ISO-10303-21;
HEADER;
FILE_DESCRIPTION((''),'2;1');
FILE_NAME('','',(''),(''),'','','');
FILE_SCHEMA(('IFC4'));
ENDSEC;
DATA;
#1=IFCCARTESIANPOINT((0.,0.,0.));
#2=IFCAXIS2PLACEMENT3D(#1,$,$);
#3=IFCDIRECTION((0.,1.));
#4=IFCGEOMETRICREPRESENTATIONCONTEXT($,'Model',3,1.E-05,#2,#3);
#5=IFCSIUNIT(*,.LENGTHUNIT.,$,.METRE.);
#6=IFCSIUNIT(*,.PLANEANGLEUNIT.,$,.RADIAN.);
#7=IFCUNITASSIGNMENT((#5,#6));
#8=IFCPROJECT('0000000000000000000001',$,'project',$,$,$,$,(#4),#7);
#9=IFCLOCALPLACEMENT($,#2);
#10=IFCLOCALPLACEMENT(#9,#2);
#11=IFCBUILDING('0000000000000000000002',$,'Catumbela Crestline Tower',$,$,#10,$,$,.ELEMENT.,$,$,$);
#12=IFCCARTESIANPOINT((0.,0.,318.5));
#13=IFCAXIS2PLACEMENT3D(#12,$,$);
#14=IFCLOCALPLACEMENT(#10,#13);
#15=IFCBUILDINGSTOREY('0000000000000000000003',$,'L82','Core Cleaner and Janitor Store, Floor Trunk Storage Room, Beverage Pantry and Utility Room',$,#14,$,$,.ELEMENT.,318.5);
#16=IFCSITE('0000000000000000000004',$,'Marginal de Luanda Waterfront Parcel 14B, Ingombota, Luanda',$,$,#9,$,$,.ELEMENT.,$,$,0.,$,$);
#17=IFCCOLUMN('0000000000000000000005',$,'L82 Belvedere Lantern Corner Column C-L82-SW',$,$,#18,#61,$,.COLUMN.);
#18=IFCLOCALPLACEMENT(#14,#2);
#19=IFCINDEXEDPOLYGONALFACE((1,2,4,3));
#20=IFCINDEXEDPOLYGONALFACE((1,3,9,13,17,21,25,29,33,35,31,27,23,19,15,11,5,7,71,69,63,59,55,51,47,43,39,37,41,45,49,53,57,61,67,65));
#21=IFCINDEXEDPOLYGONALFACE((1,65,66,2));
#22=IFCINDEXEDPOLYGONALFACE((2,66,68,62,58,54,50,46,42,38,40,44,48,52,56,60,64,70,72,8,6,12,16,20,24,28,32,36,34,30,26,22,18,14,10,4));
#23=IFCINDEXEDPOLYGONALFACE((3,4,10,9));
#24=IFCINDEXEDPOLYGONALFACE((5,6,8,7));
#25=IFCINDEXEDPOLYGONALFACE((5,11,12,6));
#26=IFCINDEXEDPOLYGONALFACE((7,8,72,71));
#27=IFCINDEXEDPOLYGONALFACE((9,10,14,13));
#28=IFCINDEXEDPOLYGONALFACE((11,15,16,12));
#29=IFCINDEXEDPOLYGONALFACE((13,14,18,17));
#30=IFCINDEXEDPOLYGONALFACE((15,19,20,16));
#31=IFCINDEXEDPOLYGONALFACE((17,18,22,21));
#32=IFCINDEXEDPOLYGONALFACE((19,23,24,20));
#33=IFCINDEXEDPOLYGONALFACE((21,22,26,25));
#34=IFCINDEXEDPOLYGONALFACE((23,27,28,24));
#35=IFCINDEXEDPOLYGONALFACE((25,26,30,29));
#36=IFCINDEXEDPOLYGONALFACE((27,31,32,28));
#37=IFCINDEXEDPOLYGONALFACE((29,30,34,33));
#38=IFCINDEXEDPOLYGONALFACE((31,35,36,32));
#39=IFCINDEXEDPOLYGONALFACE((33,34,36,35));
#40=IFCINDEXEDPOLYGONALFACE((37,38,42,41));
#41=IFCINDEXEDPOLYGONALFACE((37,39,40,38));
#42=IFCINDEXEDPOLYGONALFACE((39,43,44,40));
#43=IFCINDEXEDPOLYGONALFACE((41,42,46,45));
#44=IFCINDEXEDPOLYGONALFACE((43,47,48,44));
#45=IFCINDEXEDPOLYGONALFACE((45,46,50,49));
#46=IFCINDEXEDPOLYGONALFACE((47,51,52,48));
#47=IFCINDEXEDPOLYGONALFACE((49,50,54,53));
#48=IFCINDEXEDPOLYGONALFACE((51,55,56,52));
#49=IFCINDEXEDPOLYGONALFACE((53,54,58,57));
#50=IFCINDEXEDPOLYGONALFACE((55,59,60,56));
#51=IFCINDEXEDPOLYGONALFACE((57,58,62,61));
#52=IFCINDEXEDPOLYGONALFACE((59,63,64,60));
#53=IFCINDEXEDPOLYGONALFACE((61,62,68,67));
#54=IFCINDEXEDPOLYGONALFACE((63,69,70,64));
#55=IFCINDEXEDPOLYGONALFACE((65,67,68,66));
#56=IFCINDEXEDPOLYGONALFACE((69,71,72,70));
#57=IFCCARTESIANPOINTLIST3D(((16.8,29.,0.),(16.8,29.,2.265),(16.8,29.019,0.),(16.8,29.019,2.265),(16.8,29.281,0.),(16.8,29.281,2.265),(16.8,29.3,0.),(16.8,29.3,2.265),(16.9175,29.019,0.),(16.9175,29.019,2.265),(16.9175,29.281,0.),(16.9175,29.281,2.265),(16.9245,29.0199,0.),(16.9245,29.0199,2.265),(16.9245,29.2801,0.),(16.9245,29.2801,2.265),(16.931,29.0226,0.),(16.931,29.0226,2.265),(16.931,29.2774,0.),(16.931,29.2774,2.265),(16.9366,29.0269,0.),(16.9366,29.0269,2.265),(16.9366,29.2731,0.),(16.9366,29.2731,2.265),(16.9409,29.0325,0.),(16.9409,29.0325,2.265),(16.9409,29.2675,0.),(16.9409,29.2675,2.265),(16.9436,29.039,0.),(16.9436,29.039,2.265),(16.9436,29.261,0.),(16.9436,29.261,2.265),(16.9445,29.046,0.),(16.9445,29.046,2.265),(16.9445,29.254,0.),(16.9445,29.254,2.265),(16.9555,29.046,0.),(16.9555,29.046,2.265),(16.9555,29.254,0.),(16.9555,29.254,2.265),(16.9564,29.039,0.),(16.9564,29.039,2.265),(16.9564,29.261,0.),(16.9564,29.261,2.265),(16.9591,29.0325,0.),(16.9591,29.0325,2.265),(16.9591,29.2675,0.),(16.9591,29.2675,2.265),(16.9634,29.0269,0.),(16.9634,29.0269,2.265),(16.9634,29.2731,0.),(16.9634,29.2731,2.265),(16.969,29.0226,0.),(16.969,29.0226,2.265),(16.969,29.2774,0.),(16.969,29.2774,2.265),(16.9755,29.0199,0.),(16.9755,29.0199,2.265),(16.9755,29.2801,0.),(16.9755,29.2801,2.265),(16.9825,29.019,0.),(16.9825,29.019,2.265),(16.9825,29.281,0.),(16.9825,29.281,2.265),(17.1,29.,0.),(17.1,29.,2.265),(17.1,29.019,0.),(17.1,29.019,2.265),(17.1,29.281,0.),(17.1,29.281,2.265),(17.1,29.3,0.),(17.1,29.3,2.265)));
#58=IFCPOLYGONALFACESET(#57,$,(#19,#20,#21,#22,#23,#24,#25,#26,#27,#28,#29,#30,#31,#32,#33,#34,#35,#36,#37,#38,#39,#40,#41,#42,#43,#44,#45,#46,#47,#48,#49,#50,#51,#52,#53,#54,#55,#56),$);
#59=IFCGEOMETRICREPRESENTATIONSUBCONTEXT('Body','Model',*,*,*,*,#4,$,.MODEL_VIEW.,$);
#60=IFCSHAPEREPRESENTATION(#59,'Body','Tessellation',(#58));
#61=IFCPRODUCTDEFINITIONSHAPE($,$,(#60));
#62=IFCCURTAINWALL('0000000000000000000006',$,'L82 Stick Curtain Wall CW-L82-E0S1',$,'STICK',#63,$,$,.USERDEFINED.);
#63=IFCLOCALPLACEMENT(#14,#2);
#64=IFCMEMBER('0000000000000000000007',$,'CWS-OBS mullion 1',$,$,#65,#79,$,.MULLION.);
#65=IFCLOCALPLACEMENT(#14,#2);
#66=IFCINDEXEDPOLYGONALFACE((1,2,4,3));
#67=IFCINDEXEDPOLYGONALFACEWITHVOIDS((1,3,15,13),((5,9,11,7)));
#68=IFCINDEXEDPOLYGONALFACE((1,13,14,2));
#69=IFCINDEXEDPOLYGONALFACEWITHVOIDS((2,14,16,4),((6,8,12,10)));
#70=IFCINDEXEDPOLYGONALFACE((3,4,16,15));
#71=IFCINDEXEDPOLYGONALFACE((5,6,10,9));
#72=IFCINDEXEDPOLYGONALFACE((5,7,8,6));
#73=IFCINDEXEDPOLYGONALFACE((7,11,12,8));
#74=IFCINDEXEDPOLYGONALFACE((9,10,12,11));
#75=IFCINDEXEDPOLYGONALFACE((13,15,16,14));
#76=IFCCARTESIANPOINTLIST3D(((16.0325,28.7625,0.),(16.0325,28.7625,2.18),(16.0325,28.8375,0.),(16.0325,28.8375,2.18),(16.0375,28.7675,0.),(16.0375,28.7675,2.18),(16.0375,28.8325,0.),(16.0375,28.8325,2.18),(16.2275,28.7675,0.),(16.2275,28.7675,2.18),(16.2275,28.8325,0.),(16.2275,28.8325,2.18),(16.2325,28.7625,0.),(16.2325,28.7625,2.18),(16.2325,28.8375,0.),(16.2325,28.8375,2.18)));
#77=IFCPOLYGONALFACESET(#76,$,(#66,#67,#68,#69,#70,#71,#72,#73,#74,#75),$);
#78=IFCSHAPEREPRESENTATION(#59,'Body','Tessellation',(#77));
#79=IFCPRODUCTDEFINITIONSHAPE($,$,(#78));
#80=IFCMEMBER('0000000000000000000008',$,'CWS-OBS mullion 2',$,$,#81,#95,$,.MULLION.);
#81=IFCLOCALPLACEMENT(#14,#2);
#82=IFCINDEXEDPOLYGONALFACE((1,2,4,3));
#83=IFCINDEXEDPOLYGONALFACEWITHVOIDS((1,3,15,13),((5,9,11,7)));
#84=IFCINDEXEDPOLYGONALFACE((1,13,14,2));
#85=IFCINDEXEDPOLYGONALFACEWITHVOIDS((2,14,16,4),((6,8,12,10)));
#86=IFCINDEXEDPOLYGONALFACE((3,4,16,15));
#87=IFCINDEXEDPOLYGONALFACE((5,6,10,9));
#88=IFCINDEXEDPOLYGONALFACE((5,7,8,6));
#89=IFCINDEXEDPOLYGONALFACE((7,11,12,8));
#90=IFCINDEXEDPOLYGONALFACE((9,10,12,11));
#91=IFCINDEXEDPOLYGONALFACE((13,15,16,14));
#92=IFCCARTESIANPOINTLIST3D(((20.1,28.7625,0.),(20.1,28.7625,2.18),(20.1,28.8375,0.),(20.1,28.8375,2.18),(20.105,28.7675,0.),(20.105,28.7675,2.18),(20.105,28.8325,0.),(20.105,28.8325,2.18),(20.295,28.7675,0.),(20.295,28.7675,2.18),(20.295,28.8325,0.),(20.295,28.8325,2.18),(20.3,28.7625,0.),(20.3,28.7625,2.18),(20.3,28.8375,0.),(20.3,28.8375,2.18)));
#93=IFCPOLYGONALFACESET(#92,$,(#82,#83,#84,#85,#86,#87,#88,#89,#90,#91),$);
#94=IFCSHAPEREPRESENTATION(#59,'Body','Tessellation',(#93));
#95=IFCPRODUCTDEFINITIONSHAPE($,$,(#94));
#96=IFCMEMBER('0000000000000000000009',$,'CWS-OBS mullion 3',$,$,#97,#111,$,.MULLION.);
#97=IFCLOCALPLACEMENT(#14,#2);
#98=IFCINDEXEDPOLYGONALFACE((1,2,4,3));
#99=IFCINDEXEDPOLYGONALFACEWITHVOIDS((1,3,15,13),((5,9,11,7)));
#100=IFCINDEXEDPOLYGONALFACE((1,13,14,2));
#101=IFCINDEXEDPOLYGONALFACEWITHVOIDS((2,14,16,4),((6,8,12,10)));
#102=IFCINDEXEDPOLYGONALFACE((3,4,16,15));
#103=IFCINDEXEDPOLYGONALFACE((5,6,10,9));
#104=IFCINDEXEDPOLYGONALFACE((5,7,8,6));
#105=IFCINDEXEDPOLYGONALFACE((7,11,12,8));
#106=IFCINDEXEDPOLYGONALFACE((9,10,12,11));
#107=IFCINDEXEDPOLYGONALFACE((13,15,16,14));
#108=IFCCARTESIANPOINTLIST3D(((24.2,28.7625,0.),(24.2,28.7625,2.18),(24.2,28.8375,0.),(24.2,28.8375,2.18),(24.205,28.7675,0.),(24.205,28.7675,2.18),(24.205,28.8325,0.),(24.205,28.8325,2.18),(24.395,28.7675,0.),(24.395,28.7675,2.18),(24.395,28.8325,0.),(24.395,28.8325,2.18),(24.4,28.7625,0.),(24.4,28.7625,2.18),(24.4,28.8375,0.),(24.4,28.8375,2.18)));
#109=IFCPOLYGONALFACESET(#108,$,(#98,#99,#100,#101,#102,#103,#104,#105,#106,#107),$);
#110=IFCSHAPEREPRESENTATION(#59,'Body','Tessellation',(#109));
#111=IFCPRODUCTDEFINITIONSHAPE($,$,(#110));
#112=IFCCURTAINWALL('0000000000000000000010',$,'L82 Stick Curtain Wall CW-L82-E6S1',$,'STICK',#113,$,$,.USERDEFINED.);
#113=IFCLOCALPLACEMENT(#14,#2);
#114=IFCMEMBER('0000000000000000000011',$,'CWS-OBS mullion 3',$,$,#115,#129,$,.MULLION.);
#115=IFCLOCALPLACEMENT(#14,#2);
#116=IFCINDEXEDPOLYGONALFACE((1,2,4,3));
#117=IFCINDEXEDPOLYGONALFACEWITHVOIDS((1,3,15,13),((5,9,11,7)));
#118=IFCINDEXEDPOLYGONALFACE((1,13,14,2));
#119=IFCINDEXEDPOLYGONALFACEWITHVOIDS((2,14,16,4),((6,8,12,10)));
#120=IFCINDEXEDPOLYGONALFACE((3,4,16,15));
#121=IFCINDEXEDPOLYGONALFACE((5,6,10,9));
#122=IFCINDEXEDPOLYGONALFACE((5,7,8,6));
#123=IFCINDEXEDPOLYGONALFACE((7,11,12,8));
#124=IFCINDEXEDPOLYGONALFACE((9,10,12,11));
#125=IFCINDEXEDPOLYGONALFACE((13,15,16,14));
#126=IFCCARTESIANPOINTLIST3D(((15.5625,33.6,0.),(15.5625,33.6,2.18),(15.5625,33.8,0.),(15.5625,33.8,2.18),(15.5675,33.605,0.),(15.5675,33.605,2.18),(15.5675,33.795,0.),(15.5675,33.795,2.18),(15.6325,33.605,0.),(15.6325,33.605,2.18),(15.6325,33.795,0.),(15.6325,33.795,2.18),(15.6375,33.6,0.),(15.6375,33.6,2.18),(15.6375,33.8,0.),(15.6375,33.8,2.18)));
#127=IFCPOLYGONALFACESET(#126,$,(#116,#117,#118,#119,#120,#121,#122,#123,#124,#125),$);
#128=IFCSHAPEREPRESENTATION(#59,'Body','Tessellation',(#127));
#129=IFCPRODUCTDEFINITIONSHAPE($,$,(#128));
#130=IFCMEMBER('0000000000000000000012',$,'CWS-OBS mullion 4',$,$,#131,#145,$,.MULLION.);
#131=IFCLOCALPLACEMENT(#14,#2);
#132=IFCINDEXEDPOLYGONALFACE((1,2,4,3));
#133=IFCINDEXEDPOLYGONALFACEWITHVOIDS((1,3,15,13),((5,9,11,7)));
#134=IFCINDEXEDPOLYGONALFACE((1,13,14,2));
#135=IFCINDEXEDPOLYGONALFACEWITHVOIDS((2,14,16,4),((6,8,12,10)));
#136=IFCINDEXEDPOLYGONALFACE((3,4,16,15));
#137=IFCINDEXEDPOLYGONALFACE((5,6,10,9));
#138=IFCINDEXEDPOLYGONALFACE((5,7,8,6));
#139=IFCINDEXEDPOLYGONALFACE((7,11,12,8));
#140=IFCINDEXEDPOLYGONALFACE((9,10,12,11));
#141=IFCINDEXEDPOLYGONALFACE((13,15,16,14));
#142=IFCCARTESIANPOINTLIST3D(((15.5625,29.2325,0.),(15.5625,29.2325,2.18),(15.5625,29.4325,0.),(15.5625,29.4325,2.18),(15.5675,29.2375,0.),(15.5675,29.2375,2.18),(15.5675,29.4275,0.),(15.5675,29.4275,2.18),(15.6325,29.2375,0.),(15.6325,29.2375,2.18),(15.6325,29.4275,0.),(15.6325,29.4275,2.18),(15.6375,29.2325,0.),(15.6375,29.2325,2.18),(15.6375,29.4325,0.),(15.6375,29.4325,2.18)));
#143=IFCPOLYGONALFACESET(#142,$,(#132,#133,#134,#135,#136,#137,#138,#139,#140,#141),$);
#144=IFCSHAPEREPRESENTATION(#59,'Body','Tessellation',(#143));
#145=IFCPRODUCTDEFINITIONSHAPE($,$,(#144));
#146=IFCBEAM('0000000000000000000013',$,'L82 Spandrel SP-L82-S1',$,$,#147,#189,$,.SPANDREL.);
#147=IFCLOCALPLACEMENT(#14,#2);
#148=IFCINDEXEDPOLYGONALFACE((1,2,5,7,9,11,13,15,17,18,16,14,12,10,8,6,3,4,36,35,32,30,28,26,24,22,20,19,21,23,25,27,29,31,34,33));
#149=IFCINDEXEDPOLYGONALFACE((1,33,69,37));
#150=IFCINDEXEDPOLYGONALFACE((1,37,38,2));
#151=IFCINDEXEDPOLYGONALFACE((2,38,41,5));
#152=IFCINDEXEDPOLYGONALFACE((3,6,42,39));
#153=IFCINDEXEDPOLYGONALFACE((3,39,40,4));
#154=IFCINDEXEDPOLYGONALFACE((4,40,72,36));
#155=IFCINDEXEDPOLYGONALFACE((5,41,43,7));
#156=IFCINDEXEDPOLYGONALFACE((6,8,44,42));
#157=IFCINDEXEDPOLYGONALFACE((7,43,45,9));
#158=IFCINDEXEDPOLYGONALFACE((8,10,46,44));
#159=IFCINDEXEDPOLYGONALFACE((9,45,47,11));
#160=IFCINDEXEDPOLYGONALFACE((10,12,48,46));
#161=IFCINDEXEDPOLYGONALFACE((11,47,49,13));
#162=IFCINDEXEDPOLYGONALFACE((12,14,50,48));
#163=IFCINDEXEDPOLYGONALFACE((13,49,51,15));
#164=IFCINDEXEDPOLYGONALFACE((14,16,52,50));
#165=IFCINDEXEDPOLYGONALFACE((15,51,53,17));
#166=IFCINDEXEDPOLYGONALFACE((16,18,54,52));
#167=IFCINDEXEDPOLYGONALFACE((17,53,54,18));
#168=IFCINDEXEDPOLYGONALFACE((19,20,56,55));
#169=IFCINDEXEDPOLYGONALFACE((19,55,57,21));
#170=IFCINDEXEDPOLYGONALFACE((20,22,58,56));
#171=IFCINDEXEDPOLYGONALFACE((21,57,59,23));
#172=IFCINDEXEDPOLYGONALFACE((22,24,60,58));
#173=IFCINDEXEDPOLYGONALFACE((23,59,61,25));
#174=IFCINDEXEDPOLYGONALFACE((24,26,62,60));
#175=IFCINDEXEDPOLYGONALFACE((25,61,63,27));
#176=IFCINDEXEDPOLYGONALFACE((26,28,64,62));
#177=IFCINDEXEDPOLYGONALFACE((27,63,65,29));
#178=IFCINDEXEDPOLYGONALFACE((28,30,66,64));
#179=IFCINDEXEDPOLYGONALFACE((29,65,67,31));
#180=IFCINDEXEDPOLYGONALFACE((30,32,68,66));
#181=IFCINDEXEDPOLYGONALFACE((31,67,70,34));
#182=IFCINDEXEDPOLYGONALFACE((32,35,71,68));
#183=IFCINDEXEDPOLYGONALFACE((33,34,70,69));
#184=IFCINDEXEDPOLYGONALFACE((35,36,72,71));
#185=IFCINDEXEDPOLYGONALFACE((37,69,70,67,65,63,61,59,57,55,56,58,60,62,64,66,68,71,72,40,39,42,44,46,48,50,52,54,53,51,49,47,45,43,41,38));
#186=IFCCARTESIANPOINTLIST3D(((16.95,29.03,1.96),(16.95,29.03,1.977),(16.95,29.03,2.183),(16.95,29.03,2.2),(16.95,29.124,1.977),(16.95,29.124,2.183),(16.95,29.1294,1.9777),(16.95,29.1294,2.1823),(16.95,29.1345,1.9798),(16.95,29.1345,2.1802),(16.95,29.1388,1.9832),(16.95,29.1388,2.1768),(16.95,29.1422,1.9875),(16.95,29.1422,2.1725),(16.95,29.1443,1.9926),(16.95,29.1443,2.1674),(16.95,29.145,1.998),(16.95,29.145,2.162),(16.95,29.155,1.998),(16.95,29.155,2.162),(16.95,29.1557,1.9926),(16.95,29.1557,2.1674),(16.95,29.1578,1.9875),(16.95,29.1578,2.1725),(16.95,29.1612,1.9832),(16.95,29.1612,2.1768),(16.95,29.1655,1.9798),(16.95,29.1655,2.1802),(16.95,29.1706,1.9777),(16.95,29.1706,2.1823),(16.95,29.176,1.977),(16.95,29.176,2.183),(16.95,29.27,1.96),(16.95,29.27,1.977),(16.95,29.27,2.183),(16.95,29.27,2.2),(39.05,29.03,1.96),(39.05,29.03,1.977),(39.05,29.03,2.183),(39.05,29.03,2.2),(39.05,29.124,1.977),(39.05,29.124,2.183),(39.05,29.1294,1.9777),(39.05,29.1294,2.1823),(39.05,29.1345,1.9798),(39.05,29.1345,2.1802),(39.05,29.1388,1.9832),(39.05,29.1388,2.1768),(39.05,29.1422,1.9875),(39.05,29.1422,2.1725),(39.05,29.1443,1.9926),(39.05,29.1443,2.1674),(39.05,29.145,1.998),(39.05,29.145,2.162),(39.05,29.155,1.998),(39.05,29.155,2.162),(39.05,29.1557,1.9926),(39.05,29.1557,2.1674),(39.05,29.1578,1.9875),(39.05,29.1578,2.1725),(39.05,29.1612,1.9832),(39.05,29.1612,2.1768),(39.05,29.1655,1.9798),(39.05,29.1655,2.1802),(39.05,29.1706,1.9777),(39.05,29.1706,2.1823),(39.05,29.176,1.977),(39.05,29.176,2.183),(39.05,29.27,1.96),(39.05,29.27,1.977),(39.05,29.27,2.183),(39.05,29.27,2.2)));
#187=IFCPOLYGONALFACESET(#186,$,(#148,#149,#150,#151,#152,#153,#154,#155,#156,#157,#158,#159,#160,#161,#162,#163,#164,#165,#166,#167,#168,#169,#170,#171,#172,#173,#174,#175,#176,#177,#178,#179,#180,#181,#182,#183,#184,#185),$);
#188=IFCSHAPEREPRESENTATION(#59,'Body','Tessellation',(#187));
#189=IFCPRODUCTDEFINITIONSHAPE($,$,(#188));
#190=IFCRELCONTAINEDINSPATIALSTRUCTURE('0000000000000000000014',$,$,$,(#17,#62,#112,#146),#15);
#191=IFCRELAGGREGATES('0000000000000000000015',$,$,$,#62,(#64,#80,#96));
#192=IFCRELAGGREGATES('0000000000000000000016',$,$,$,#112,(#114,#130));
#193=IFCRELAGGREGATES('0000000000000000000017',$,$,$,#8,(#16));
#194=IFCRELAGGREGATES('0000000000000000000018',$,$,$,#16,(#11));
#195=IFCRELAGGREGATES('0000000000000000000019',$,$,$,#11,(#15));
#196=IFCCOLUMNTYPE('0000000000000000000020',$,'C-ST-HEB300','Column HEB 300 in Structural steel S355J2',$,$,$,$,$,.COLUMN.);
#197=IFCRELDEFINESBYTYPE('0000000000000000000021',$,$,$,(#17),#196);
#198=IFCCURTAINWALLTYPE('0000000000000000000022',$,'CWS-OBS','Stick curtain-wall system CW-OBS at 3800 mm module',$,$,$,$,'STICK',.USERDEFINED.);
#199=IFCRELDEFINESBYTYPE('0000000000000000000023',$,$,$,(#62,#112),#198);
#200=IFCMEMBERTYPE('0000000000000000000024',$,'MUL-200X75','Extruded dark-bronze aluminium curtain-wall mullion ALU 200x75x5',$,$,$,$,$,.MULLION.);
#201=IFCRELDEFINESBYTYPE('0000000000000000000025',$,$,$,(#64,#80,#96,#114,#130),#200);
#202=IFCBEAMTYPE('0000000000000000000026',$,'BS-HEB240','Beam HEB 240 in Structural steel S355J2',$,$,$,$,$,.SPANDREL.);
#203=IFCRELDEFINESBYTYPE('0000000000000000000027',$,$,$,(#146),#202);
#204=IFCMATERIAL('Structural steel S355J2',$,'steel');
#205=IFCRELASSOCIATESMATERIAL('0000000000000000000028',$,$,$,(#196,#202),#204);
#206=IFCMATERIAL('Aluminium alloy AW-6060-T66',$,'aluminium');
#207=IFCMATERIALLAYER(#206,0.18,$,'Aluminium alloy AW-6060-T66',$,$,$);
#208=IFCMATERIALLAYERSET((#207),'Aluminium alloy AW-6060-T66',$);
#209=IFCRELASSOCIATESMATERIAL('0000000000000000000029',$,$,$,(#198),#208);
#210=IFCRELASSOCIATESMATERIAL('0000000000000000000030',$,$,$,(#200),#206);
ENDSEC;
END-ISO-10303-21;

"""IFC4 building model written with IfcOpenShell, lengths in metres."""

from ifc_helpers import new_model, si_unit, direction, frame, origin, origin_2d, place, context, subcontext, project, spatial, hollow_rectangle, i_section, extrude, material, layer, layer_set, material_profile, profile_set, type_object, element, aggregate, save


model = new_model("IFC4")

# Units and contexts
model_context = context("Model", 3, precision=1e-05, world=origin(), true_north=direction((0.0, 1.0)))
body_context = subcontext(model_context, "Body", "Model", "MODEL_VIEW")
ifc_project = project(units=[si_unit("LENGTHUNIT", "METRE"), si_unit("PLANEANGLEUNIT", "RADIAN")], contexts=[model_context])

# Site, building, storey
site_placement = place(None, origin())
site = spatial("IfcSite", under=ifc_project, at=site_placement, Name="Marginal de Luanda Waterfront Parcel 14B, Ingombota, Luanda", CompositionType="ELEMENT", RefElevation=0.0)
building_placement = place(site_placement, origin())
building = spatial("IfcBuilding", under=site, at=building_placement, Name="Catumbela Crestline Tower", CompositionType="ELEMENT")
storey_placement = place(building_placement, frame((0.0, 0.0, 318.5)))
storey = spatial("IfcBuildingStorey", under=building, at=storey_placement, Name="L82", Description="Core Cleaner and Janitor Store, Floor Trunk Storage Room, Beverage Pantry and Utility Room", CompositionType="ELEMENT", Elevation=318.5)

# Column
ifc_material_1 = material(Name="Structural steel S355J2", Category="steel")
ifc_material_profile_1 = material_profile(ifc_material_1, i_section(OverallWidth=0.3, OverallDepth=0.3, WebThickness=0.011, FlangeThickness=0.019, FilletRadius=0.027, at=origin_2d()), Name="HEB 300")
ifc_profile_set_1 = profile_set([ifc_material_profile_1], Name="Structural steel S355J2")
column_type = type_object("IfcColumnType", Name="C-ST-HEB300", Description="Column HEB 300 in Structural steel S355J2", PredefinedType="COLUMN", material=ifc_profile_set_1)
column_placement = place(storey_placement, frame((16.95, 29.15, 0.0), z_axis=(0.0, 0.0, 1.0), x_axis=(1.0, 0.0, 0.0)))
element("IfcColumn", 1, at=column_placement, inside=storey, type_object=column_type, Name="L82 Belvedere Lantern Corner Column C-L82-SW", PredefinedType="COLUMN", context=body_context, shape_type="SweptSolid", body=[
    extrude(i_section(OverallWidth=0.3, OverallDepth=0.3, WebThickness=0.011, FlangeThickness=0.019, FilletRadius=0.027, at=origin_2d()), origin(), (0.0, 0.0, 1.0), 2.265),
])

# Curtain walls, members
ifc_material_2 = material(Name="Aluminium alloy AW-6060-T66", Category="aluminium")
ifc_layer_1 = layer(ifc_material_2, 0.18, Name="Aluminium alloy AW-6060-T66")
ifc_layer_set_1 = layer_set([ifc_layer_1], Name="Aluminium alloy AW-6060-T66")
curtain_wall_type = type_object("IfcCurtainWallType", Name="CWS-OBS", Description="Stick curtain-wall system CW-OBS at 3800 mm module", ElementType="STICK", PredefinedType="USERDEFINED", material=ifc_layer_set_1)
curtain_wall_1_placement = place(storey_placement, origin())
curtain_wall_1 = element("IfcCurtainWall", 2, at=curtain_wall_1_placement, inside=storey, type_object=curtain_wall_type, Name="L82 Stick Curtain Wall CW-L82-E0S1", ObjectType="STICK", PredefinedType="USERDEFINED")
ifc_material_profile_2 = material_profile(ifc_material_2, hollow_rectangle(XDim=0.075, YDim=0.2, WallThickness=0.005, at=origin_2d()), Name="ALU 200x75x5")
ifc_profile_set_2 = profile_set([ifc_material_profile_2], Name="Aluminium alloy AW-6060-T66")
member_type_1 = type_object("IfcMemberType", Name="MUL-200X75", Description="Extruded dark-bronze aluminium curtain-wall mullion ALU 200x75x5", PredefinedType="MULLION", material=ifc_profile_set_2)
member_1_placement = place(storey_placement, frame((16.1325, 28.8, 0.0), z_axis=(0.0, 0.0, 1.0), x_axis=(0.0, 1.0, 0.0)))
member_1 = element("IfcMember", 3, at=member_1_placement, type_object=member_type_1, Name="CWS-OBS mullion 1", PredefinedType="MULLION", context=body_context, shape_type="SweptSolid", body=[
    extrude(hollow_rectangle(XDim=0.075, YDim=0.2, WallThickness=0.005, at=origin_2d()), origin(), (0.0, 0.0, 1.0), 2.18),
])
member_2_placement = place(storey_placement, frame((20.2, 28.8, 0.0), z_axis=(0.0, 0.0, 1.0), x_axis=(0.0, 1.0, 0.0)))
member_2 = element("IfcMember", 4, at=member_2_placement, type_object=member_type_1, Name="CWS-OBS mullion 2", PredefinedType="MULLION", context=body_context, shape_type="SweptSolid", body=[
    extrude(hollow_rectangle(XDim=0.075, YDim=0.2, WallThickness=0.005, at=origin_2d()), origin(), (0.0, 0.0, 1.0), 2.18),
])
member_3_placement = place(storey_placement, frame((24.3, 28.8, 0.0), z_axis=(0.0, 0.0, 1.0), x_axis=(0.0, 1.0, 0.0)))
member_3 = element("IfcMember", 5, at=member_3_placement, type_object=member_type_1, Name="CWS-OBS mullion 3", PredefinedType="MULLION", context=body_context, shape_type="SweptSolid", body=[
    extrude(hollow_rectangle(XDim=0.075, YDim=0.2, WallThickness=0.005, at=origin_2d()), origin(), (0.0, 0.0, 1.0), 2.18),
])
curtain_wall_2_placement = place(storey_placement, origin())
curtain_wall_2 = element("IfcCurtainWall", 6, at=curtain_wall_2_placement, inside=storey, type_object=curtain_wall_type, Name="L82 Stick Curtain Wall CW-L82-E6S1", ObjectType="STICK", PredefinedType="USERDEFINED")
member_4_placement = place(storey_placement, frame((15.6, 33.7, 0.0), z_axis=(0.0, 0.0, 1.0), x_axis=(1.0, 0.0, 0.0)))
member_4 = element("IfcMember", 7, at=member_4_placement, type_object=member_type_1, Name="CWS-OBS mullion 3", PredefinedType="MULLION", context=body_context, shape_type="SweptSolid", body=[
    extrude(hollow_rectangle(XDim=0.075, YDim=0.2, WallThickness=0.005, at=origin_2d()), origin(), (0.0, 0.0, 1.0), 2.18),
])
member_5_placement = place(storey_placement, frame((15.6, 29.3325, 0.0), z_axis=(0.0, 0.0, 1.0), x_axis=(1.0, 0.0, 0.0)))
member_5 = element("IfcMember", 8, at=member_5_placement, type_object=member_type_1, Name="CWS-OBS mullion 4", PredefinedType="MULLION", context=body_context, shape_type="SweptSolid", body=[
    extrude(hollow_rectangle(XDim=0.075, YDim=0.2, WallThickness=0.005, at=origin_2d()), origin(), (0.0, 0.0, 1.0), 2.18),
])

# Beam
ifc_material_profile_3 = material_profile(ifc_material_1, i_section(OverallWidth=0.24, OverallDepth=0.24, WebThickness=0.01, FlangeThickness=0.017, FilletRadius=0.021, at=origin_2d()), Name="HEB 240")
ifc_profile_set_3 = profile_set([ifc_material_profile_3], Name="Structural steel S355J2")
beam_type = type_object("IfcBeamType", Name="BS-HEB240", Description="Beam HEB 240 in Structural steel S355J2", PredefinedType="SPANDREL", material=ifc_profile_set_3)
beam_placement = place(storey_placement, frame((16.95, 29.15, 2.08), z_axis=(1.0, 0.0, 0.0), x_axis=(0.0, 1.0, 0.0)))
element("IfcBeam", 9, at=beam_placement, inside=storey, type_object=beam_type, Name="L82 Spandrel SP-L82-S1", PredefinedType="SPANDREL", context=body_context, shape_type="SweptSolid", body=[
    extrude(i_section(OverallWidth=0.24, OverallDepth=0.24, WebThickness=0.01, FlangeThickness=0.017, FilletRadius=0.021, at=origin_2d()), origin(), (0.0, 0.0, 1.0), 22.1),
])

aggregate(curtain_wall_1, [member_1, member_2, member_3])
aggregate(curtain_wall_2, [member_4, member_5])

save(model, "model.ifc")
